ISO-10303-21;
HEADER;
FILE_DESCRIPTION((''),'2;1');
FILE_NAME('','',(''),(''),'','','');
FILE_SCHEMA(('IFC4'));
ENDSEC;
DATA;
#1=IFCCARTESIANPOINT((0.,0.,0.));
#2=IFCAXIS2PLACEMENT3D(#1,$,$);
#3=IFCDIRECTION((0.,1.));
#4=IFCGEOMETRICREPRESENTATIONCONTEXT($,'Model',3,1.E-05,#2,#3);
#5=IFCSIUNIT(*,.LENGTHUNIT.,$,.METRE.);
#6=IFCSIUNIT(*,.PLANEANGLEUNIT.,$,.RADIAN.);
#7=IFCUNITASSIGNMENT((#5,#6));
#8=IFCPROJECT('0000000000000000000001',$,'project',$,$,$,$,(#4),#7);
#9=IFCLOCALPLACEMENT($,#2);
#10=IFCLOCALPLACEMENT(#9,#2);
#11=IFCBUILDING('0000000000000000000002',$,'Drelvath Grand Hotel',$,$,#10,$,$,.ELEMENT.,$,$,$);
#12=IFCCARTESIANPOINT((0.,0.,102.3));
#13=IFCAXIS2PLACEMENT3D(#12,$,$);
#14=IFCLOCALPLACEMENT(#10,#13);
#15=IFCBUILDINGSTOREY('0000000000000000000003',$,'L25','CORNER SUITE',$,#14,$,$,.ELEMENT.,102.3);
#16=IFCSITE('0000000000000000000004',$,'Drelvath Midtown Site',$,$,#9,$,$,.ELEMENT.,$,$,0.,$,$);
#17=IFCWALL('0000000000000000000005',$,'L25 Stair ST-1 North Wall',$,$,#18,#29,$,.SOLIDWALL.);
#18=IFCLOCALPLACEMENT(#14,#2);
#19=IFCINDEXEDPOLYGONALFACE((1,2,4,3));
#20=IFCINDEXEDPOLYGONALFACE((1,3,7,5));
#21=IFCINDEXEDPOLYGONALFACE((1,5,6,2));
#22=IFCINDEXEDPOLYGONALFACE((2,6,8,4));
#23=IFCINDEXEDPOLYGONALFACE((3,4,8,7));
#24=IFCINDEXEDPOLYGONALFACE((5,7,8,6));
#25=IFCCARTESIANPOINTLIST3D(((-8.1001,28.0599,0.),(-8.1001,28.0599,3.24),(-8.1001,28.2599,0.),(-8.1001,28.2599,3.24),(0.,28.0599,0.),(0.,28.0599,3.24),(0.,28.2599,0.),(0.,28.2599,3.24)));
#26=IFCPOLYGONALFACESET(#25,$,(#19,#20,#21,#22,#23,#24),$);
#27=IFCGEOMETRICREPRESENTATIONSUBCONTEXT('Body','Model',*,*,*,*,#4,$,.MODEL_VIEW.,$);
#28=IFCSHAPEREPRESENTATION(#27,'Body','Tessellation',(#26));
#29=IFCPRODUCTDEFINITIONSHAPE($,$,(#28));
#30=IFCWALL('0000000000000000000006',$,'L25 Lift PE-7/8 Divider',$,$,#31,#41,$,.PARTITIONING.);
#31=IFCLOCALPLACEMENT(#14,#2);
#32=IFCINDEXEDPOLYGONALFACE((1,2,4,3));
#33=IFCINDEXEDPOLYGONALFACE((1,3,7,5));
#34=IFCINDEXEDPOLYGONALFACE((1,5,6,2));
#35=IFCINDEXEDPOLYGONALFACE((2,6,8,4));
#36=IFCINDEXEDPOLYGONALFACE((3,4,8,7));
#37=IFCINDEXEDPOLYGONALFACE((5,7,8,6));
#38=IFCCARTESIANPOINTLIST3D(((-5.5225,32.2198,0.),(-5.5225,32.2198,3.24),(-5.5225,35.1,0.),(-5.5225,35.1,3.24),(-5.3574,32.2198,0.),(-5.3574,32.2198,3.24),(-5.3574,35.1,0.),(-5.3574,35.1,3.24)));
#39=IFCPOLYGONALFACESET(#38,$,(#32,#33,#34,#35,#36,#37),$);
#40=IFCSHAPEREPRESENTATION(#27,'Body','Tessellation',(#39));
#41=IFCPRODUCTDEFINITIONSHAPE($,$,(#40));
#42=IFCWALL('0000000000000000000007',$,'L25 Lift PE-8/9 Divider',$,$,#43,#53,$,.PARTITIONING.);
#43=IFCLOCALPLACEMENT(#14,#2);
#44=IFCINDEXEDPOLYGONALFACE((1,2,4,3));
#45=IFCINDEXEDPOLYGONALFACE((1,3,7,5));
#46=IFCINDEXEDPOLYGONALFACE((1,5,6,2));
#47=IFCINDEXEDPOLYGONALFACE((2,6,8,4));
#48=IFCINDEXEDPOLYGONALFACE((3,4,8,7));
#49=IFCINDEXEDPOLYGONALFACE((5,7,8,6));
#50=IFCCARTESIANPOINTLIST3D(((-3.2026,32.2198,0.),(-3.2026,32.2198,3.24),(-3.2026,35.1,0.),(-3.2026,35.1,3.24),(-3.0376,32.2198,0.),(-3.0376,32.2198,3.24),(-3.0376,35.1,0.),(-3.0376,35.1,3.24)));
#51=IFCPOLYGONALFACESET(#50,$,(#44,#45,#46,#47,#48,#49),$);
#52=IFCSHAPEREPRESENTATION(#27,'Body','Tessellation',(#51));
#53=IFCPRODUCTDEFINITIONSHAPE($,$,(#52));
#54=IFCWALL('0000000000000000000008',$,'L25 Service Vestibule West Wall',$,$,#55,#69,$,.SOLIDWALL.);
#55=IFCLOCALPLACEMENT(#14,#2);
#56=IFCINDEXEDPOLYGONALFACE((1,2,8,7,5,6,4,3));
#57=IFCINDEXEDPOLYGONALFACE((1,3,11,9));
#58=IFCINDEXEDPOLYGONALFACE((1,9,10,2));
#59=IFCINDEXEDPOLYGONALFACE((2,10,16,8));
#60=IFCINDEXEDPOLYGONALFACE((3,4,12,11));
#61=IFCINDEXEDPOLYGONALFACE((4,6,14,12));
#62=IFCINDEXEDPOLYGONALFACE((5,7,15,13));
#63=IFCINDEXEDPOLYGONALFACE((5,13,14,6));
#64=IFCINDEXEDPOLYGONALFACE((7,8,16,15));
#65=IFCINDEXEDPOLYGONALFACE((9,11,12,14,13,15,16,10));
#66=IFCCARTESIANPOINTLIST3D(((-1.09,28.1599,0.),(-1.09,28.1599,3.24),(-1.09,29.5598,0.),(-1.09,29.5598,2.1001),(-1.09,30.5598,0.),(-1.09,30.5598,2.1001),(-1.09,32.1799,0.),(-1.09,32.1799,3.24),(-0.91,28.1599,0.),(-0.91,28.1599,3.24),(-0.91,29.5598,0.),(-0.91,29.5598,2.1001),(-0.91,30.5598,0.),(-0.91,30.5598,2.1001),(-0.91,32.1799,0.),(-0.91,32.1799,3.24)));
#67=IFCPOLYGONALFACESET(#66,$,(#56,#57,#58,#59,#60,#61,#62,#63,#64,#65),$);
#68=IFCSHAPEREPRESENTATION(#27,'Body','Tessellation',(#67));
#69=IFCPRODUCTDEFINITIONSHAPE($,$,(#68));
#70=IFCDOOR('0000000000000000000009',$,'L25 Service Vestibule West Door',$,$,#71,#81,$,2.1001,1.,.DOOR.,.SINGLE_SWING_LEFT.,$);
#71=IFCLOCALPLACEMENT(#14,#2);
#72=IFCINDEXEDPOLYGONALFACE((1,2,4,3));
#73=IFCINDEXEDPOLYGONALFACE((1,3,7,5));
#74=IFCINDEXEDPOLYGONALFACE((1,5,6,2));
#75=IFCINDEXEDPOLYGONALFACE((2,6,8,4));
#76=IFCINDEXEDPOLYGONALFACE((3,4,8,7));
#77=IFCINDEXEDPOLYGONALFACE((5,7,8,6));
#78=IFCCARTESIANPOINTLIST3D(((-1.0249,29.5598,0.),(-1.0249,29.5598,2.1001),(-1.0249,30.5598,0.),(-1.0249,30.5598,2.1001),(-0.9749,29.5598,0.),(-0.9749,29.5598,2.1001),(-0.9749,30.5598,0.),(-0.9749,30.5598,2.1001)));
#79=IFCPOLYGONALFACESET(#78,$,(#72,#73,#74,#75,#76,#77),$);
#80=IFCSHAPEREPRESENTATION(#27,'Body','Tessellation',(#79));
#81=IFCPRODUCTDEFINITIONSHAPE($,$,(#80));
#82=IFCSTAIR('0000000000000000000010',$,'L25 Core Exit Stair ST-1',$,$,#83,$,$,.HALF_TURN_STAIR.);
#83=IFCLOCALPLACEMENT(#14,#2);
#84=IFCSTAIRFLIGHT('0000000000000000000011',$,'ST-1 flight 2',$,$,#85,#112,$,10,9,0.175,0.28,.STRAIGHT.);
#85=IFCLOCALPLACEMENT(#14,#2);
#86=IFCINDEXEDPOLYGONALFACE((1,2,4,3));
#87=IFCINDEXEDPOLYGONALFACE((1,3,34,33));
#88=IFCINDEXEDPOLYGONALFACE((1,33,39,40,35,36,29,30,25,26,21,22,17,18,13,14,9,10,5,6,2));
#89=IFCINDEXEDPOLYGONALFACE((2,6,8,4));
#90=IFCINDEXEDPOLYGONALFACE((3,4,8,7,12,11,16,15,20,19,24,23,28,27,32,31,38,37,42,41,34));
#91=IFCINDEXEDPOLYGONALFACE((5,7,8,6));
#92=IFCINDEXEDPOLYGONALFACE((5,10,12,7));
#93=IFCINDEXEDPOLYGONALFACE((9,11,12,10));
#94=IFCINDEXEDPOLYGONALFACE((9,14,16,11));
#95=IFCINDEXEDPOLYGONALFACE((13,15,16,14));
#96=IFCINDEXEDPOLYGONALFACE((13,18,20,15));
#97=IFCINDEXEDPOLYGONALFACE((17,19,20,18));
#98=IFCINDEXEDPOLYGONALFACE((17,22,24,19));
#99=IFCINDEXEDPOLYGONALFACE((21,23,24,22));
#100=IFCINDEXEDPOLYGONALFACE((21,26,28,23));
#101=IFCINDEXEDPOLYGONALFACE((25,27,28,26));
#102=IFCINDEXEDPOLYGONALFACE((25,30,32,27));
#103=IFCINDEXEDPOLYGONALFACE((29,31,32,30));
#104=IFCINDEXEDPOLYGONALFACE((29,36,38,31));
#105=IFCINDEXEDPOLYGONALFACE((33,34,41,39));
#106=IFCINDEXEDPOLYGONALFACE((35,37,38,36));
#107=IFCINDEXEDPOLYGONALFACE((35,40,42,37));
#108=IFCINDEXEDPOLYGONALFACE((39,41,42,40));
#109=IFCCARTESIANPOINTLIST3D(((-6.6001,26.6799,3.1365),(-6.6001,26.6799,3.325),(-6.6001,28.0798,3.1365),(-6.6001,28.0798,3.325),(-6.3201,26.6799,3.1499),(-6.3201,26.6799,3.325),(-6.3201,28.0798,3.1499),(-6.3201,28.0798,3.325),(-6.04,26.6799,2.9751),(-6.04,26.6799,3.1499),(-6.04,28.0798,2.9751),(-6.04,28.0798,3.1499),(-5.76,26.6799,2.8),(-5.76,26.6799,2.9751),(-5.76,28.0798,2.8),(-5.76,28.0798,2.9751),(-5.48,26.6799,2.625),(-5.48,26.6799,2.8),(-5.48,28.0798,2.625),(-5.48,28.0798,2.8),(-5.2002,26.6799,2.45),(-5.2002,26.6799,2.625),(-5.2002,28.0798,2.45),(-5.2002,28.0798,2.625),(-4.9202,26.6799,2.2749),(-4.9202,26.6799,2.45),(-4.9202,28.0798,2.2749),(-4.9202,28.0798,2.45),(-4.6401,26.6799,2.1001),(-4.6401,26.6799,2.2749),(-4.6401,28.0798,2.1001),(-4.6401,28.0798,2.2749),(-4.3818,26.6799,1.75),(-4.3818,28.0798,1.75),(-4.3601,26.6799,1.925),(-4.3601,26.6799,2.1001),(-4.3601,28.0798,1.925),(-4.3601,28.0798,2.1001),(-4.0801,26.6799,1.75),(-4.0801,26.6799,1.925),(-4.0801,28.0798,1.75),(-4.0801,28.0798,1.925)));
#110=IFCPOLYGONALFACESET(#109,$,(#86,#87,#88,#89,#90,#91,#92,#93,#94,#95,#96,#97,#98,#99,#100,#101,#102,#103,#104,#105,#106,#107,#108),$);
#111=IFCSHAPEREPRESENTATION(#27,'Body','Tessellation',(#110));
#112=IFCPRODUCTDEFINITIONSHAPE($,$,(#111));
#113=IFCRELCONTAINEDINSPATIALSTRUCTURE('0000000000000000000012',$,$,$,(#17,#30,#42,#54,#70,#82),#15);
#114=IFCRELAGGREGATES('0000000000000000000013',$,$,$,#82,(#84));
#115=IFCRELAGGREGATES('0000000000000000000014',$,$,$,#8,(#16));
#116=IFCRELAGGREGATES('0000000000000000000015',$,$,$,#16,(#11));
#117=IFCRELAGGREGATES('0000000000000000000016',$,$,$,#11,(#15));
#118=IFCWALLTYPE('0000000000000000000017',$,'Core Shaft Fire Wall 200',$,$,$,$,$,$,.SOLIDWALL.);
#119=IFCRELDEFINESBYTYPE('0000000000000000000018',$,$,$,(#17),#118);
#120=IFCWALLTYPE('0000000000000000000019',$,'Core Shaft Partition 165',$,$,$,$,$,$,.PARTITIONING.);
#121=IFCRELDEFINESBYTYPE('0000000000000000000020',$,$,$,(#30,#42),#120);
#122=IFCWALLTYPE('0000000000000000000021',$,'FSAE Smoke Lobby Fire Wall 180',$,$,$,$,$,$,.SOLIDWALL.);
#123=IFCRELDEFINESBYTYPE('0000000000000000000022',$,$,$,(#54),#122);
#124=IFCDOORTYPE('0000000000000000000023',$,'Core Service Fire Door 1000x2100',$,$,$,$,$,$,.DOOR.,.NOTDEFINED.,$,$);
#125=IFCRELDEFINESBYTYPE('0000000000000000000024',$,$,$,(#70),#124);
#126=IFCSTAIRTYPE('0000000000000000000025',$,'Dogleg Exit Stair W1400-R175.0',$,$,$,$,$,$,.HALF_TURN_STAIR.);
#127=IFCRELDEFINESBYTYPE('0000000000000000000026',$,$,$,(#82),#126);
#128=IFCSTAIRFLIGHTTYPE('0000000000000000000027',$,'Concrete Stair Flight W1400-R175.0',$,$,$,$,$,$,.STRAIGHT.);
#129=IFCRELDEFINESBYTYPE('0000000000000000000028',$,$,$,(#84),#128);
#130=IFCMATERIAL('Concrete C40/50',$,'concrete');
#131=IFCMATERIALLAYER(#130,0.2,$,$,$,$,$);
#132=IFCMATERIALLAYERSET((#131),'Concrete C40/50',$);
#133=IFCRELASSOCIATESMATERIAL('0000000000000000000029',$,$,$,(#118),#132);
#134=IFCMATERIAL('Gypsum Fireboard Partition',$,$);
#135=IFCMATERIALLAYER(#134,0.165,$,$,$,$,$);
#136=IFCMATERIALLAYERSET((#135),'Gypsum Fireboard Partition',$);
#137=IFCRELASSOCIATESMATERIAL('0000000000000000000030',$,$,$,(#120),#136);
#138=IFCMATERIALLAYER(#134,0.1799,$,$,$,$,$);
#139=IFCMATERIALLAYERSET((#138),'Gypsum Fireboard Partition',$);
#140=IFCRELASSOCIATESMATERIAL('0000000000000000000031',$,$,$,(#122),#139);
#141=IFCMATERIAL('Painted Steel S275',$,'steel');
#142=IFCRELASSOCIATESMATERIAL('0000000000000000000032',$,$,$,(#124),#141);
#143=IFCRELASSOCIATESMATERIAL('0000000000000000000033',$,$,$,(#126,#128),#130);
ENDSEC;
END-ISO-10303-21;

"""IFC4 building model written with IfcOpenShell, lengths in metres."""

from ifc_helpers import new_model, si_unit, direction, frame, frame_2d, origin, place, context, subcontext, project, spatial, polyline, rectangle, outline, extrude, material, layer, layer_set, type_object, element, fill, aggregate, save


model = new_model("IFC4")

# Units and contexts
model_context = context("Model", 3, precision=1e-05, world=origin(), true_north=direction((0.0, 1.0)))
body_context = subcontext(model_context, "Body", "Model", "MODEL_VIEW")
ifc_project = project(units=[si_unit("LENGTHUNIT", "METRE"), si_unit("PLANEANGLEUNIT", "RADIAN")], contexts=[model_context])

# Site, building, storey
site_placement = place(None, origin())
site = spatial("IfcSite", under=ifc_project, at=site_placement, Name="Drelvath Midtown Site", CompositionType="ELEMENT", RefElevation=0.0)
building_placement = place(site_placement, origin())
building = spatial("IfcBuilding", under=site, at=building_placement, Name="Drelvath Grand Hotel", CompositionType="ELEMENT")
storey_placement = place(building_placement, frame((0.0, 0.0, 102.3)))
storey = spatial("IfcBuildingStorey", under=building, at=storey_placement, Name="L25", Description="CORNER SUITE", CompositionType="ELEMENT", Elevation=102.3)

# Shared definitions
ifc_material_1 = material(Name="Painted Steel S275", Category="steel")

# Shared definitions
ifc_material_2 = material(Name="Concrete C40/50", Category="concrete")

# Walls
ifc_layer_1 = layer(ifc_material_2, 0.2)
ifc_layer_set_1 = layer_set([ifc_layer_1], Name="Concrete C40/50")
wall_type_1 = type_object("IfcWallType", Name="Core Shaft Fire Wall 200", PredefinedType="SOLIDWALL", material=ifc_layer_set_1)
wall_1_placement = place(storey_placement, frame((-8.1001, 28.1599, 0.0), z_axis=(0.0, 0.0, 1.0), x_axis=(1.0, 0.0, 0.0)))
element("IfcWall", 1, at=wall_1_placement, inside=storey, type_object=wall_type_1, Name="L25 Stair ST-1 North Wall", PredefinedType="SOLIDWALL", context=body_context, shape_type="SweptSolid", body=[
    extrude(rectangle(XDim=8.1001, YDim=0.2, at=frame_2d((4.05, 0.0))), origin(), (0.0, 0.0, 1.0), 3.24),
])
ifc_material_3 = material(Name="Gypsum Fireboard Partition")
ifc_layer_2 = layer(ifc_material_3, 0.165)
ifc_layer_set_2 = layer_set([ifc_layer_2], Name="Gypsum Fireboard Partition")
wall_type_2 = type_object("IfcWallType", Name="Core Shaft Partition 165", PredefinedType="PARTITIONING", material=ifc_layer_set_2)
for number, where, z_axis, x_axis, name in (
    (2, (-5.4399, 32.22, 0.0), (0.0, 0.0, 1.0), (0.0, 1.0, 0.0), "L25 Lift PE-7/8 Divider"),
    (3, (-3.1201, 32.22, 0.0), (0.0, 0.0, 1.0), (0.0, 1.0, 0.0), "L25 Lift PE-8/9 Divider"),
):
    element("IfcWall", number, at=place(storey_placement, frame(where, z_axis=z_axis, x_axis=x_axis)), inside=storey, type_object=wall_type_2, Name=name, PredefinedType="PARTITIONING", context=body_context, shape_type="SweptSolid", body=[
        extrude(rectangle(XDim=2.8801, YDim=0.165, at=frame_2d((1.4399, 0.0))), origin(), (0.0, 0.0, 1.0), 3.24),
    ])

# Wall, opening, door
ifc_layer_3 = layer(ifc_material_3, 0.1799)
ifc_layer_set_3 = layer_set([ifc_layer_3], Name="Gypsum Fireboard Partition")
wall_type_3 = type_object("IfcWallType", Name="FSAE Smoke Lobby Fire Wall 180", PredefinedType="SOLIDWALL", material=ifc_layer_set_3)
wall_2_placement = place(storey_placement, frame((-1.0, 28.1599, 0.0), z_axis=(0.0, 0.0, 1.0), x_axis=(0.0, 1.0, 0.0)))
wall_2 = element("IfcWall", 4, at=wall_2_placement, inside=storey, type_object=wall_type_3, Name="L25 Service Vestibule West Wall", PredefinedType="SOLIDWALL", context=body_context, shape_type="SweptSolid", body=[
    extrude(rectangle(XDim=4.02, YDim=0.1799, at=frame_2d((2.01, 0.0))), origin(), (0.0, 0.0, 1.0), 3.24),
])
opening_1_placement = place(wall_2_placement, frame((1.3999, 0.0, 0.0)))
opening_1 = element("IfcOpeningElement", 5, at=opening_1_placement, cuts=wall_2, PredefinedType="OPENING", context=body_context, shape_type="SweptSolid", body=[
    extrude(rectangle(XDim=1.0, YDim=2.1001, at=frame_2d((0.5, 1.05))), frame((0.0, 0.0999, 0.0), z_axis=(0.0, -1.0, 0.0), x_axis=(1.0, 0.0, 0.0)), (0.0, 0.0, 1.0), 0.2),
])
door_type_1 = type_object("IfcDoorType", Name="Core Service Fire Door 1000x2100", OperationType="NOTDEFINED", PredefinedType="DOOR", material=ifc_material_1)
door_1_placement = place(opening_1_placement, origin())
door_1 = element("IfcDoor", 6, at=door_1_placement, inside=storey, type_object=door_type_1, Name="L25 Service Vestibule West Door", OperationType="SINGLE_SWING_LEFT", OverallHeight=2.1001, OverallWidth=1.0, PredefinedType="DOOR", context=body_context, shape_type="SweptSolid", body=[
    extrude(rectangle(XDim=1.0, YDim=2.1001, at=frame_2d((0.5, 1.05))), frame((0.0, 0.0249, 0.0), z_axis=(0.0, -1.0, 0.0), x_axis=(1.0, 0.0, 0.0)), (0.0, 0.0, 1.0), 0.05),
])
fill(opening_1, door_1)

# Stair, stair flight
stair_type = type_object("IfcStairType", Name="Dogleg Exit Stair W1400-R175.0", PredefinedType="HALF_TURN_STAIR", material=ifc_material_2)
stair_placement = place(storey_placement, origin())
stair = element("IfcStair", 7, at=stair_placement, inside=storey, type_object=stair_type, Name="L25 Core Exit Stair ST-1", PredefinedType="HALF_TURN_STAIR")
stair_flight_type = type_object("IfcStairFlightType", Name="Concrete Stair Flight W1400-R175.0", PredefinedType="STRAIGHT", material=ifc_material_2)
stair_flight_placement = place(storey_placement, frame((-4.0801, 27.3799, 1.75), z_axis=(0.0, 0.0, 1.0), x_axis=(-1.0, 0.0, 0.0)))
stair_flight = element("IfcStairFlight", 8, at=stair_flight_placement, type_object=stair_flight_type, Name="ST-1 flight 2", NumberOfRisers=10, NumberOfTreads=9, PredefinedType="STRAIGHT", RiserHeight=0.175, TreadLength=0.28, context=body_context, shape_type="SweptSolid", body=[
    extrude(outline(polyline([(0.0, 0.0), (0.0, 0.175), (0.28, 0.175), (0.28, 0.3501), (0.5601, 0.3501), (0.5601, 0.5249), (0.8401, 0.5249), (0.8401, 0.7), (1.1201, 0.7), (1.1201, 0.875), (1.3999, 0.875), (1.3999, 1.05), (1.6799, 1.05), (1.6799, 1.2251), (1.96, 1.2251), (1.96, 1.3999), (2.24, 1.3999), (2.24, 1.575), (2.52, 1.575), (2.52, 1.75), (2.52, 1.3865), (0.3018, 0.0), (0.0, 0.0)])), frame((0.0, 0.7, 0.0), z_axis=(0.0, -1.0, 0.0), x_axis=(1.0, 0.0, 0.0)), (0.0, 0.0, 1.0), 1.3999),
])
aggregate(stair, [stair_flight])

save(model, "model.ifc")
